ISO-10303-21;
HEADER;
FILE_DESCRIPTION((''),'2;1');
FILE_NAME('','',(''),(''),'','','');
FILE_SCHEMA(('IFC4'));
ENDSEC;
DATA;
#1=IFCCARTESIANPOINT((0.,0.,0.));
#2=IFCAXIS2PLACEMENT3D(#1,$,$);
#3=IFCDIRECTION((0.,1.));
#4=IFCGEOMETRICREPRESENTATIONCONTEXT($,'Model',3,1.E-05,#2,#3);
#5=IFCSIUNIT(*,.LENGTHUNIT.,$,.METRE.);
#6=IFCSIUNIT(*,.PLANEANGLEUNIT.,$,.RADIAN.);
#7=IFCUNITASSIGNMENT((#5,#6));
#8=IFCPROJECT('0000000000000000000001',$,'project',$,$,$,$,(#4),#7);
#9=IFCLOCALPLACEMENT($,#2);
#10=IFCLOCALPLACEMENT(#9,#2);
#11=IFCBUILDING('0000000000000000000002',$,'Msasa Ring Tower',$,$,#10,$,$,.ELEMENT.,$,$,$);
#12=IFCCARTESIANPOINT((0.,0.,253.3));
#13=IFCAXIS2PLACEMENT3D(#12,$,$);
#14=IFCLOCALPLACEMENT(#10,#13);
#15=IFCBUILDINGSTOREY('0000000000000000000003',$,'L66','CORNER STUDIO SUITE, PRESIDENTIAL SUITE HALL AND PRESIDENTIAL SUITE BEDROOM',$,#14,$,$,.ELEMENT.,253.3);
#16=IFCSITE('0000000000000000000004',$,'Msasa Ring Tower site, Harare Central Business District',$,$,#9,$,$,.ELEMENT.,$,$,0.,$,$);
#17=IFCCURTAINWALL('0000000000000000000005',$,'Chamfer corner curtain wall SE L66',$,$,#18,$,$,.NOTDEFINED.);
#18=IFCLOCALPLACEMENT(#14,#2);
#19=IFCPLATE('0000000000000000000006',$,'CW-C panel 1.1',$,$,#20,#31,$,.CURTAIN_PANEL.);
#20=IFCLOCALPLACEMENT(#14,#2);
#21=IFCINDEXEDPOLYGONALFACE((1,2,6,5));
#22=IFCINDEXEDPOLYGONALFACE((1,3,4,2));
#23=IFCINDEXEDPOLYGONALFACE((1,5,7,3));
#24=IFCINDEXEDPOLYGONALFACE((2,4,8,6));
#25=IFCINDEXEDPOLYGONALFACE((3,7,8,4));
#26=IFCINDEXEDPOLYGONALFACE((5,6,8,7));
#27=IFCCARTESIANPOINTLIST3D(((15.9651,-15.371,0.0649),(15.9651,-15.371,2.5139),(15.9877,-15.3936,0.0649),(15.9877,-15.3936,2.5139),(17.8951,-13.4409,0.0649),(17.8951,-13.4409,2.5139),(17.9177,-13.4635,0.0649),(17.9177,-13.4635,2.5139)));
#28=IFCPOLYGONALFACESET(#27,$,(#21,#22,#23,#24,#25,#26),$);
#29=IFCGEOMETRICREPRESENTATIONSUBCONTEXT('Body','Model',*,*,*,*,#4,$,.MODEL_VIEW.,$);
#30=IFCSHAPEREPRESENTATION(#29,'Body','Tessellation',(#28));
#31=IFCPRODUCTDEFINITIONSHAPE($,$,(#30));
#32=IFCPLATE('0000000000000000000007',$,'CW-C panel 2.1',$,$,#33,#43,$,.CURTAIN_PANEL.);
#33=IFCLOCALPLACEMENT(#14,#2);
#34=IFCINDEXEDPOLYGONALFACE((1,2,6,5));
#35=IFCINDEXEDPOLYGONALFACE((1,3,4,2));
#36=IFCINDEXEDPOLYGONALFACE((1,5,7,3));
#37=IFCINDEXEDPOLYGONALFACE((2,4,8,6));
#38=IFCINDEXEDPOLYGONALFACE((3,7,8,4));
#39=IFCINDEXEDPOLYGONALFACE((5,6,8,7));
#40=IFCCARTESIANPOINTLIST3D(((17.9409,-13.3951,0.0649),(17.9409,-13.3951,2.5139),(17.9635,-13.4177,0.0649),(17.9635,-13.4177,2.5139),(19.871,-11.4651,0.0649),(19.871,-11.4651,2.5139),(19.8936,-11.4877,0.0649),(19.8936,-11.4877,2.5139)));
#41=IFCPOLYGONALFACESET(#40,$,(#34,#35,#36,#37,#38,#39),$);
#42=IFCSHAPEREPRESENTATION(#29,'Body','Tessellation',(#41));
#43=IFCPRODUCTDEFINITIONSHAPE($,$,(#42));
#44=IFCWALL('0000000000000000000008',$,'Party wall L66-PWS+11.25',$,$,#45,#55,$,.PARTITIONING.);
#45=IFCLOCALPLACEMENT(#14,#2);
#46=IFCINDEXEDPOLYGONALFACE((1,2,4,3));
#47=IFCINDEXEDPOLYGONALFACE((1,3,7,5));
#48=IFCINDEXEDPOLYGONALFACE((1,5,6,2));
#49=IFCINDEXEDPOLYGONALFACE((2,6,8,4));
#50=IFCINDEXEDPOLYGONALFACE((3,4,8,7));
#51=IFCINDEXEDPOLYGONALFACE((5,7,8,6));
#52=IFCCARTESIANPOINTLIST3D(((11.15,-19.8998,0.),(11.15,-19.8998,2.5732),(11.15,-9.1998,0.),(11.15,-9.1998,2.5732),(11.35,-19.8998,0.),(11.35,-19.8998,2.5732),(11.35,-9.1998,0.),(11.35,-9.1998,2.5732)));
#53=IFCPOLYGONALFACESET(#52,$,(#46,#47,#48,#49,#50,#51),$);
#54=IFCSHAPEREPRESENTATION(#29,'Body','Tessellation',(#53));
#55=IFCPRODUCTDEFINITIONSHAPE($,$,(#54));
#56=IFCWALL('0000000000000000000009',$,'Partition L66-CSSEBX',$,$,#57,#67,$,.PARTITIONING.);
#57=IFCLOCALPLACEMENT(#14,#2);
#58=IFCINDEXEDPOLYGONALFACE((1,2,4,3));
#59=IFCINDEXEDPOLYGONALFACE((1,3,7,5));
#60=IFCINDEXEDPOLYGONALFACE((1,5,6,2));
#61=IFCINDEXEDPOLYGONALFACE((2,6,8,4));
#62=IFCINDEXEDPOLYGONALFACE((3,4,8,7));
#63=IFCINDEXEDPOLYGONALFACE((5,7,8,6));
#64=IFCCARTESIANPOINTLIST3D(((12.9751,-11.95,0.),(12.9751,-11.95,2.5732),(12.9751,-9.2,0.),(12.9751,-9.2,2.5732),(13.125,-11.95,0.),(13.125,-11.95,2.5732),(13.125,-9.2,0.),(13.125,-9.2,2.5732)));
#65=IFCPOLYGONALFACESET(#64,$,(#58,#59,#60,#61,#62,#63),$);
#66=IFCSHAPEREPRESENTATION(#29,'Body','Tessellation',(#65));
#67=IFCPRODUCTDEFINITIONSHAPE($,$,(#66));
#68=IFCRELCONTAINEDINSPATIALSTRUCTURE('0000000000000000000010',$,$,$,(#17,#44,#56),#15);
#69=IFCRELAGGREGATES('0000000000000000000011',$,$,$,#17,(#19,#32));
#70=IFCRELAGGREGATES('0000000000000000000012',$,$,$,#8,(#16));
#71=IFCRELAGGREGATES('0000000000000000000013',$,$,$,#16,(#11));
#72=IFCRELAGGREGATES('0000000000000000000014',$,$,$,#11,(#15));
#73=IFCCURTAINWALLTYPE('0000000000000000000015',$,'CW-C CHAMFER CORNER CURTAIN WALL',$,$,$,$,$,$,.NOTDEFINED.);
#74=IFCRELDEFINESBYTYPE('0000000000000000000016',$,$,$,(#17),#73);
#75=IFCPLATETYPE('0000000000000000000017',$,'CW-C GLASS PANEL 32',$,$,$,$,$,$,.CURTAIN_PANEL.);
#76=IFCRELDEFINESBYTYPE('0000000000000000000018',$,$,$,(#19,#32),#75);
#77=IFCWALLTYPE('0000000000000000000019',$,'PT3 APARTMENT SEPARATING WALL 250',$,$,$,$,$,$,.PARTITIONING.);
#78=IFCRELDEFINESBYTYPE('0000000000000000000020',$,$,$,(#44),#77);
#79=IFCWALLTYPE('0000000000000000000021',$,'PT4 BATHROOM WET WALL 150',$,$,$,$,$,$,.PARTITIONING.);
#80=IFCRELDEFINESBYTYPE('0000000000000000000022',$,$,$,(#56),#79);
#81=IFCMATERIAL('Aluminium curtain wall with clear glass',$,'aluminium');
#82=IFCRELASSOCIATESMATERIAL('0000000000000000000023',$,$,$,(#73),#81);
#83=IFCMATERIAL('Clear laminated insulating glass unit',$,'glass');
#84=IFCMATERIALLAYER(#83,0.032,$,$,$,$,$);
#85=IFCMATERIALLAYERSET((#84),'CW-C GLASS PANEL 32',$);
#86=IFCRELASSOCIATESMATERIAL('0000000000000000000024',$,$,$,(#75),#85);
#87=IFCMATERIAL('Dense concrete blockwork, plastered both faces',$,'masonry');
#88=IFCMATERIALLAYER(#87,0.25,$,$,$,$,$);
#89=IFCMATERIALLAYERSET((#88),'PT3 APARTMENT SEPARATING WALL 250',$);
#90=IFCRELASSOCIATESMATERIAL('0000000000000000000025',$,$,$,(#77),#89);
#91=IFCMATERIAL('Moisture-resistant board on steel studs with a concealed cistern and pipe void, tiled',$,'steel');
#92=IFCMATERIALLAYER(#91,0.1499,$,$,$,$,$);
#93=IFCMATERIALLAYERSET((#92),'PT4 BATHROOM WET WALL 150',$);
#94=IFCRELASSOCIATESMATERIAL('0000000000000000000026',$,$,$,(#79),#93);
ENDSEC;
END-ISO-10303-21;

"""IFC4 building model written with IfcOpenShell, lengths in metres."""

from ifc_helpers import new_model, si_unit, direction, frame, frame_2d, origin, origin_2d, place, context, subcontext, project, spatial, rectangle, extrude, material, layer, layer_set, type_object, element, aggregate, save


model = new_model("IFC4")

# Units and contexts
model_context = context("Model", 3, precision=1e-05, world=origin(), true_north=direction((0.0, 1.0)))
body_context = subcontext(model_context, "Body", "Model", "MODEL_VIEW")
ifc_project = project(units=[si_unit("LENGTHUNIT", "METRE"), si_unit("PLANEANGLEUNIT", "RADIAN")], contexts=[model_context])

# Site, building, storey
site_placement = place(None, origin())
site = spatial("IfcSite", under=ifc_project, at=site_placement, Name="Msasa Ring Tower site, Harare Central Business District", CompositionType="ELEMENT", RefElevation=0.0)
building_placement = place(site_placement, origin())
building = spatial("IfcBuilding", under=site, at=building_placement, Name="Msasa Ring Tower", CompositionType="ELEMENT")
storey_placement = place(building_placement, frame((0.0, 0.0, 253.3)))
storey = spatial("IfcBuildingStorey", under=building, at=storey_placement, Name="L66", Description="CORNER STUDIO SUITE, PRESIDENTIAL SUITE HALL AND PRESIDENTIAL SUITE BEDROOM", CompositionType="ELEMENT", Elevation=253.3)

# Curtain wall
ifc_material_1 = material(Name="Aluminium curtain wall with clear glass", Category="aluminium")
curtain_wall_type = type_object("IfcCurtainWallType", Name="CW-C CHAMFER CORNER CURTAIN WALL", PredefinedType="NOTDEFINED", material=ifc_material_1)
curtain_wall_1_placement = place(storey_placement, origin())
curtain_wall_1 = element("IfcCurtainWall", 1, at=curtain_wall_1_placement, inside=storey, type_object=curtain_wall_type, Name="Chamfer corner curtain wall SE L66", PredefinedType="NOTDEFINED")

# Plates
ifc_material_2 = material(Name="Clear laminated insulating glass unit", Category="glass")
ifc_layer_1 = layer(ifc_material_2, 0.032)
ifc_layer_set_1 = layer_set([ifc_layer_1], Name="CW-C GLASS PANEL 32")
plate_type = type_object("IfcPlateType", Name="CW-C GLASS PANEL 32", PredefinedType="CURTAIN_PANEL", material=ifc_layer_set_1)
plate_1_placement = place(storey_placement, frame((16.9414, -14.4172, 0.0649), z_axis=(0.0, 0.0, 1.0), x_axis=(0.707107, 0.707107, 0.0)))
plate_1 = element("IfcPlate", 2, at=plate_1_placement, type_object=plate_type, Name="CW-C panel 1.1", PredefinedType="CURTAIN_PANEL", context=body_context, shape_type="SweptSolid", body=[
    extrude(rectangle(XDim=2.7295, YDim=0.032, at=origin_2d()), origin(), (0.0, 0.0, 1.0), 2.449),
])
plate_2_placement = place(storey_placement, frame((18.9172, -12.4414, 0.0649), z_axis=(0.0, 0.0, 1.0), x_axis=(0.707107, 0.707107, 0.0)))
plate_2 = element("IfcPlate", 3, at=plate_2_placement, type_object=plate_type, Name="CW-C panel 2.1", PredefinedType="CURTAIN_PANEL", context=body_context, shape_type="SweptSolid", body=[
    extrude(rectangle(XDim=2.7295, YDim=0.032, at=origin_2d()), origin(), (0.0, 0.0, 1.0), 2.449),
])
aggregate(curtain_wall_1, [plate_1, plate_2])

# Walls
ifc_material_3 = material(Name="Dense concrete blockwork, plastered both faces", Category="masonry")
ifc_layer_2 = layer(ifc_material_3, 0.25)
ifc_layer_set_2 = layer_set([ifc_layer_2], Name="PT3 APARTMENT SEPARATING WALL 250")
wall_type_1 = type_object("IfcWallType", Name="PT3 APARTMENT SEPARATING WALL 250", PredefinedType="PARTITIONING", material=ifc_layer_set_2)
wall_1_placement = place(storey_placement, frame((11.25, -19.8999, 0.0), z_axis=(0.0, 0.0, 1.0), x_axis=(0.0, 1.0, 0.0)))
element("IfcWall", 4, at=wall_1_placement, inside=storey, type_object=wall_type_1, Name="Party wall L66-PWS+11.25", PredefinedType="PARTITIONING", context=body_context, shape_type="SweptSolid", body=[
    extrude(rectangle(XDim=10.7, YDim=0.2, at=frame_2d((5.3501, 0.0))), origin(), (0.0, 0.0, 1.0), 2.5732),
])
ifc_material_4 = material(Name="Moisture-resistant board on steel studs with a concealed cistern and pipe void, tiled", Category="steel")
ifc_layer_3 = layer(ifc_material_4, 0.1499)
ifc_layer_set_3 = layer_set([ifc_layer_3], Name="PT4 BATHROOM WET WALL 150")
wall_type_2 = type_object("IfcWallType", Name="PT4 BATHROOM WET WALL 150", PredefinedType="PARTITIONING", material=ifc_layer_set_3)
wall_2_placement = place(storey_placement, frame((13.05, -11.95, 0.0), z_axis=(0.0, 0.0, 1.0), x_axis=(0.0, 1.0, 0.0)))
element("IfcWall", 5, at=wall_2_placement, inside=storey, type_object=wall_type_2, Name="Partition L66-CSSEBX", PredefinedType="PARTITIONING", context=body_context, shape_type="SweptSolid", body=[
    extrude(rectangle(XDim=2.75, YDim=0.1499, at=frame_2d((1.375, 0.0))), origin(), (0.0, 0.0, 1.0), 2.5732),
])

save(model, "model.ifc")
